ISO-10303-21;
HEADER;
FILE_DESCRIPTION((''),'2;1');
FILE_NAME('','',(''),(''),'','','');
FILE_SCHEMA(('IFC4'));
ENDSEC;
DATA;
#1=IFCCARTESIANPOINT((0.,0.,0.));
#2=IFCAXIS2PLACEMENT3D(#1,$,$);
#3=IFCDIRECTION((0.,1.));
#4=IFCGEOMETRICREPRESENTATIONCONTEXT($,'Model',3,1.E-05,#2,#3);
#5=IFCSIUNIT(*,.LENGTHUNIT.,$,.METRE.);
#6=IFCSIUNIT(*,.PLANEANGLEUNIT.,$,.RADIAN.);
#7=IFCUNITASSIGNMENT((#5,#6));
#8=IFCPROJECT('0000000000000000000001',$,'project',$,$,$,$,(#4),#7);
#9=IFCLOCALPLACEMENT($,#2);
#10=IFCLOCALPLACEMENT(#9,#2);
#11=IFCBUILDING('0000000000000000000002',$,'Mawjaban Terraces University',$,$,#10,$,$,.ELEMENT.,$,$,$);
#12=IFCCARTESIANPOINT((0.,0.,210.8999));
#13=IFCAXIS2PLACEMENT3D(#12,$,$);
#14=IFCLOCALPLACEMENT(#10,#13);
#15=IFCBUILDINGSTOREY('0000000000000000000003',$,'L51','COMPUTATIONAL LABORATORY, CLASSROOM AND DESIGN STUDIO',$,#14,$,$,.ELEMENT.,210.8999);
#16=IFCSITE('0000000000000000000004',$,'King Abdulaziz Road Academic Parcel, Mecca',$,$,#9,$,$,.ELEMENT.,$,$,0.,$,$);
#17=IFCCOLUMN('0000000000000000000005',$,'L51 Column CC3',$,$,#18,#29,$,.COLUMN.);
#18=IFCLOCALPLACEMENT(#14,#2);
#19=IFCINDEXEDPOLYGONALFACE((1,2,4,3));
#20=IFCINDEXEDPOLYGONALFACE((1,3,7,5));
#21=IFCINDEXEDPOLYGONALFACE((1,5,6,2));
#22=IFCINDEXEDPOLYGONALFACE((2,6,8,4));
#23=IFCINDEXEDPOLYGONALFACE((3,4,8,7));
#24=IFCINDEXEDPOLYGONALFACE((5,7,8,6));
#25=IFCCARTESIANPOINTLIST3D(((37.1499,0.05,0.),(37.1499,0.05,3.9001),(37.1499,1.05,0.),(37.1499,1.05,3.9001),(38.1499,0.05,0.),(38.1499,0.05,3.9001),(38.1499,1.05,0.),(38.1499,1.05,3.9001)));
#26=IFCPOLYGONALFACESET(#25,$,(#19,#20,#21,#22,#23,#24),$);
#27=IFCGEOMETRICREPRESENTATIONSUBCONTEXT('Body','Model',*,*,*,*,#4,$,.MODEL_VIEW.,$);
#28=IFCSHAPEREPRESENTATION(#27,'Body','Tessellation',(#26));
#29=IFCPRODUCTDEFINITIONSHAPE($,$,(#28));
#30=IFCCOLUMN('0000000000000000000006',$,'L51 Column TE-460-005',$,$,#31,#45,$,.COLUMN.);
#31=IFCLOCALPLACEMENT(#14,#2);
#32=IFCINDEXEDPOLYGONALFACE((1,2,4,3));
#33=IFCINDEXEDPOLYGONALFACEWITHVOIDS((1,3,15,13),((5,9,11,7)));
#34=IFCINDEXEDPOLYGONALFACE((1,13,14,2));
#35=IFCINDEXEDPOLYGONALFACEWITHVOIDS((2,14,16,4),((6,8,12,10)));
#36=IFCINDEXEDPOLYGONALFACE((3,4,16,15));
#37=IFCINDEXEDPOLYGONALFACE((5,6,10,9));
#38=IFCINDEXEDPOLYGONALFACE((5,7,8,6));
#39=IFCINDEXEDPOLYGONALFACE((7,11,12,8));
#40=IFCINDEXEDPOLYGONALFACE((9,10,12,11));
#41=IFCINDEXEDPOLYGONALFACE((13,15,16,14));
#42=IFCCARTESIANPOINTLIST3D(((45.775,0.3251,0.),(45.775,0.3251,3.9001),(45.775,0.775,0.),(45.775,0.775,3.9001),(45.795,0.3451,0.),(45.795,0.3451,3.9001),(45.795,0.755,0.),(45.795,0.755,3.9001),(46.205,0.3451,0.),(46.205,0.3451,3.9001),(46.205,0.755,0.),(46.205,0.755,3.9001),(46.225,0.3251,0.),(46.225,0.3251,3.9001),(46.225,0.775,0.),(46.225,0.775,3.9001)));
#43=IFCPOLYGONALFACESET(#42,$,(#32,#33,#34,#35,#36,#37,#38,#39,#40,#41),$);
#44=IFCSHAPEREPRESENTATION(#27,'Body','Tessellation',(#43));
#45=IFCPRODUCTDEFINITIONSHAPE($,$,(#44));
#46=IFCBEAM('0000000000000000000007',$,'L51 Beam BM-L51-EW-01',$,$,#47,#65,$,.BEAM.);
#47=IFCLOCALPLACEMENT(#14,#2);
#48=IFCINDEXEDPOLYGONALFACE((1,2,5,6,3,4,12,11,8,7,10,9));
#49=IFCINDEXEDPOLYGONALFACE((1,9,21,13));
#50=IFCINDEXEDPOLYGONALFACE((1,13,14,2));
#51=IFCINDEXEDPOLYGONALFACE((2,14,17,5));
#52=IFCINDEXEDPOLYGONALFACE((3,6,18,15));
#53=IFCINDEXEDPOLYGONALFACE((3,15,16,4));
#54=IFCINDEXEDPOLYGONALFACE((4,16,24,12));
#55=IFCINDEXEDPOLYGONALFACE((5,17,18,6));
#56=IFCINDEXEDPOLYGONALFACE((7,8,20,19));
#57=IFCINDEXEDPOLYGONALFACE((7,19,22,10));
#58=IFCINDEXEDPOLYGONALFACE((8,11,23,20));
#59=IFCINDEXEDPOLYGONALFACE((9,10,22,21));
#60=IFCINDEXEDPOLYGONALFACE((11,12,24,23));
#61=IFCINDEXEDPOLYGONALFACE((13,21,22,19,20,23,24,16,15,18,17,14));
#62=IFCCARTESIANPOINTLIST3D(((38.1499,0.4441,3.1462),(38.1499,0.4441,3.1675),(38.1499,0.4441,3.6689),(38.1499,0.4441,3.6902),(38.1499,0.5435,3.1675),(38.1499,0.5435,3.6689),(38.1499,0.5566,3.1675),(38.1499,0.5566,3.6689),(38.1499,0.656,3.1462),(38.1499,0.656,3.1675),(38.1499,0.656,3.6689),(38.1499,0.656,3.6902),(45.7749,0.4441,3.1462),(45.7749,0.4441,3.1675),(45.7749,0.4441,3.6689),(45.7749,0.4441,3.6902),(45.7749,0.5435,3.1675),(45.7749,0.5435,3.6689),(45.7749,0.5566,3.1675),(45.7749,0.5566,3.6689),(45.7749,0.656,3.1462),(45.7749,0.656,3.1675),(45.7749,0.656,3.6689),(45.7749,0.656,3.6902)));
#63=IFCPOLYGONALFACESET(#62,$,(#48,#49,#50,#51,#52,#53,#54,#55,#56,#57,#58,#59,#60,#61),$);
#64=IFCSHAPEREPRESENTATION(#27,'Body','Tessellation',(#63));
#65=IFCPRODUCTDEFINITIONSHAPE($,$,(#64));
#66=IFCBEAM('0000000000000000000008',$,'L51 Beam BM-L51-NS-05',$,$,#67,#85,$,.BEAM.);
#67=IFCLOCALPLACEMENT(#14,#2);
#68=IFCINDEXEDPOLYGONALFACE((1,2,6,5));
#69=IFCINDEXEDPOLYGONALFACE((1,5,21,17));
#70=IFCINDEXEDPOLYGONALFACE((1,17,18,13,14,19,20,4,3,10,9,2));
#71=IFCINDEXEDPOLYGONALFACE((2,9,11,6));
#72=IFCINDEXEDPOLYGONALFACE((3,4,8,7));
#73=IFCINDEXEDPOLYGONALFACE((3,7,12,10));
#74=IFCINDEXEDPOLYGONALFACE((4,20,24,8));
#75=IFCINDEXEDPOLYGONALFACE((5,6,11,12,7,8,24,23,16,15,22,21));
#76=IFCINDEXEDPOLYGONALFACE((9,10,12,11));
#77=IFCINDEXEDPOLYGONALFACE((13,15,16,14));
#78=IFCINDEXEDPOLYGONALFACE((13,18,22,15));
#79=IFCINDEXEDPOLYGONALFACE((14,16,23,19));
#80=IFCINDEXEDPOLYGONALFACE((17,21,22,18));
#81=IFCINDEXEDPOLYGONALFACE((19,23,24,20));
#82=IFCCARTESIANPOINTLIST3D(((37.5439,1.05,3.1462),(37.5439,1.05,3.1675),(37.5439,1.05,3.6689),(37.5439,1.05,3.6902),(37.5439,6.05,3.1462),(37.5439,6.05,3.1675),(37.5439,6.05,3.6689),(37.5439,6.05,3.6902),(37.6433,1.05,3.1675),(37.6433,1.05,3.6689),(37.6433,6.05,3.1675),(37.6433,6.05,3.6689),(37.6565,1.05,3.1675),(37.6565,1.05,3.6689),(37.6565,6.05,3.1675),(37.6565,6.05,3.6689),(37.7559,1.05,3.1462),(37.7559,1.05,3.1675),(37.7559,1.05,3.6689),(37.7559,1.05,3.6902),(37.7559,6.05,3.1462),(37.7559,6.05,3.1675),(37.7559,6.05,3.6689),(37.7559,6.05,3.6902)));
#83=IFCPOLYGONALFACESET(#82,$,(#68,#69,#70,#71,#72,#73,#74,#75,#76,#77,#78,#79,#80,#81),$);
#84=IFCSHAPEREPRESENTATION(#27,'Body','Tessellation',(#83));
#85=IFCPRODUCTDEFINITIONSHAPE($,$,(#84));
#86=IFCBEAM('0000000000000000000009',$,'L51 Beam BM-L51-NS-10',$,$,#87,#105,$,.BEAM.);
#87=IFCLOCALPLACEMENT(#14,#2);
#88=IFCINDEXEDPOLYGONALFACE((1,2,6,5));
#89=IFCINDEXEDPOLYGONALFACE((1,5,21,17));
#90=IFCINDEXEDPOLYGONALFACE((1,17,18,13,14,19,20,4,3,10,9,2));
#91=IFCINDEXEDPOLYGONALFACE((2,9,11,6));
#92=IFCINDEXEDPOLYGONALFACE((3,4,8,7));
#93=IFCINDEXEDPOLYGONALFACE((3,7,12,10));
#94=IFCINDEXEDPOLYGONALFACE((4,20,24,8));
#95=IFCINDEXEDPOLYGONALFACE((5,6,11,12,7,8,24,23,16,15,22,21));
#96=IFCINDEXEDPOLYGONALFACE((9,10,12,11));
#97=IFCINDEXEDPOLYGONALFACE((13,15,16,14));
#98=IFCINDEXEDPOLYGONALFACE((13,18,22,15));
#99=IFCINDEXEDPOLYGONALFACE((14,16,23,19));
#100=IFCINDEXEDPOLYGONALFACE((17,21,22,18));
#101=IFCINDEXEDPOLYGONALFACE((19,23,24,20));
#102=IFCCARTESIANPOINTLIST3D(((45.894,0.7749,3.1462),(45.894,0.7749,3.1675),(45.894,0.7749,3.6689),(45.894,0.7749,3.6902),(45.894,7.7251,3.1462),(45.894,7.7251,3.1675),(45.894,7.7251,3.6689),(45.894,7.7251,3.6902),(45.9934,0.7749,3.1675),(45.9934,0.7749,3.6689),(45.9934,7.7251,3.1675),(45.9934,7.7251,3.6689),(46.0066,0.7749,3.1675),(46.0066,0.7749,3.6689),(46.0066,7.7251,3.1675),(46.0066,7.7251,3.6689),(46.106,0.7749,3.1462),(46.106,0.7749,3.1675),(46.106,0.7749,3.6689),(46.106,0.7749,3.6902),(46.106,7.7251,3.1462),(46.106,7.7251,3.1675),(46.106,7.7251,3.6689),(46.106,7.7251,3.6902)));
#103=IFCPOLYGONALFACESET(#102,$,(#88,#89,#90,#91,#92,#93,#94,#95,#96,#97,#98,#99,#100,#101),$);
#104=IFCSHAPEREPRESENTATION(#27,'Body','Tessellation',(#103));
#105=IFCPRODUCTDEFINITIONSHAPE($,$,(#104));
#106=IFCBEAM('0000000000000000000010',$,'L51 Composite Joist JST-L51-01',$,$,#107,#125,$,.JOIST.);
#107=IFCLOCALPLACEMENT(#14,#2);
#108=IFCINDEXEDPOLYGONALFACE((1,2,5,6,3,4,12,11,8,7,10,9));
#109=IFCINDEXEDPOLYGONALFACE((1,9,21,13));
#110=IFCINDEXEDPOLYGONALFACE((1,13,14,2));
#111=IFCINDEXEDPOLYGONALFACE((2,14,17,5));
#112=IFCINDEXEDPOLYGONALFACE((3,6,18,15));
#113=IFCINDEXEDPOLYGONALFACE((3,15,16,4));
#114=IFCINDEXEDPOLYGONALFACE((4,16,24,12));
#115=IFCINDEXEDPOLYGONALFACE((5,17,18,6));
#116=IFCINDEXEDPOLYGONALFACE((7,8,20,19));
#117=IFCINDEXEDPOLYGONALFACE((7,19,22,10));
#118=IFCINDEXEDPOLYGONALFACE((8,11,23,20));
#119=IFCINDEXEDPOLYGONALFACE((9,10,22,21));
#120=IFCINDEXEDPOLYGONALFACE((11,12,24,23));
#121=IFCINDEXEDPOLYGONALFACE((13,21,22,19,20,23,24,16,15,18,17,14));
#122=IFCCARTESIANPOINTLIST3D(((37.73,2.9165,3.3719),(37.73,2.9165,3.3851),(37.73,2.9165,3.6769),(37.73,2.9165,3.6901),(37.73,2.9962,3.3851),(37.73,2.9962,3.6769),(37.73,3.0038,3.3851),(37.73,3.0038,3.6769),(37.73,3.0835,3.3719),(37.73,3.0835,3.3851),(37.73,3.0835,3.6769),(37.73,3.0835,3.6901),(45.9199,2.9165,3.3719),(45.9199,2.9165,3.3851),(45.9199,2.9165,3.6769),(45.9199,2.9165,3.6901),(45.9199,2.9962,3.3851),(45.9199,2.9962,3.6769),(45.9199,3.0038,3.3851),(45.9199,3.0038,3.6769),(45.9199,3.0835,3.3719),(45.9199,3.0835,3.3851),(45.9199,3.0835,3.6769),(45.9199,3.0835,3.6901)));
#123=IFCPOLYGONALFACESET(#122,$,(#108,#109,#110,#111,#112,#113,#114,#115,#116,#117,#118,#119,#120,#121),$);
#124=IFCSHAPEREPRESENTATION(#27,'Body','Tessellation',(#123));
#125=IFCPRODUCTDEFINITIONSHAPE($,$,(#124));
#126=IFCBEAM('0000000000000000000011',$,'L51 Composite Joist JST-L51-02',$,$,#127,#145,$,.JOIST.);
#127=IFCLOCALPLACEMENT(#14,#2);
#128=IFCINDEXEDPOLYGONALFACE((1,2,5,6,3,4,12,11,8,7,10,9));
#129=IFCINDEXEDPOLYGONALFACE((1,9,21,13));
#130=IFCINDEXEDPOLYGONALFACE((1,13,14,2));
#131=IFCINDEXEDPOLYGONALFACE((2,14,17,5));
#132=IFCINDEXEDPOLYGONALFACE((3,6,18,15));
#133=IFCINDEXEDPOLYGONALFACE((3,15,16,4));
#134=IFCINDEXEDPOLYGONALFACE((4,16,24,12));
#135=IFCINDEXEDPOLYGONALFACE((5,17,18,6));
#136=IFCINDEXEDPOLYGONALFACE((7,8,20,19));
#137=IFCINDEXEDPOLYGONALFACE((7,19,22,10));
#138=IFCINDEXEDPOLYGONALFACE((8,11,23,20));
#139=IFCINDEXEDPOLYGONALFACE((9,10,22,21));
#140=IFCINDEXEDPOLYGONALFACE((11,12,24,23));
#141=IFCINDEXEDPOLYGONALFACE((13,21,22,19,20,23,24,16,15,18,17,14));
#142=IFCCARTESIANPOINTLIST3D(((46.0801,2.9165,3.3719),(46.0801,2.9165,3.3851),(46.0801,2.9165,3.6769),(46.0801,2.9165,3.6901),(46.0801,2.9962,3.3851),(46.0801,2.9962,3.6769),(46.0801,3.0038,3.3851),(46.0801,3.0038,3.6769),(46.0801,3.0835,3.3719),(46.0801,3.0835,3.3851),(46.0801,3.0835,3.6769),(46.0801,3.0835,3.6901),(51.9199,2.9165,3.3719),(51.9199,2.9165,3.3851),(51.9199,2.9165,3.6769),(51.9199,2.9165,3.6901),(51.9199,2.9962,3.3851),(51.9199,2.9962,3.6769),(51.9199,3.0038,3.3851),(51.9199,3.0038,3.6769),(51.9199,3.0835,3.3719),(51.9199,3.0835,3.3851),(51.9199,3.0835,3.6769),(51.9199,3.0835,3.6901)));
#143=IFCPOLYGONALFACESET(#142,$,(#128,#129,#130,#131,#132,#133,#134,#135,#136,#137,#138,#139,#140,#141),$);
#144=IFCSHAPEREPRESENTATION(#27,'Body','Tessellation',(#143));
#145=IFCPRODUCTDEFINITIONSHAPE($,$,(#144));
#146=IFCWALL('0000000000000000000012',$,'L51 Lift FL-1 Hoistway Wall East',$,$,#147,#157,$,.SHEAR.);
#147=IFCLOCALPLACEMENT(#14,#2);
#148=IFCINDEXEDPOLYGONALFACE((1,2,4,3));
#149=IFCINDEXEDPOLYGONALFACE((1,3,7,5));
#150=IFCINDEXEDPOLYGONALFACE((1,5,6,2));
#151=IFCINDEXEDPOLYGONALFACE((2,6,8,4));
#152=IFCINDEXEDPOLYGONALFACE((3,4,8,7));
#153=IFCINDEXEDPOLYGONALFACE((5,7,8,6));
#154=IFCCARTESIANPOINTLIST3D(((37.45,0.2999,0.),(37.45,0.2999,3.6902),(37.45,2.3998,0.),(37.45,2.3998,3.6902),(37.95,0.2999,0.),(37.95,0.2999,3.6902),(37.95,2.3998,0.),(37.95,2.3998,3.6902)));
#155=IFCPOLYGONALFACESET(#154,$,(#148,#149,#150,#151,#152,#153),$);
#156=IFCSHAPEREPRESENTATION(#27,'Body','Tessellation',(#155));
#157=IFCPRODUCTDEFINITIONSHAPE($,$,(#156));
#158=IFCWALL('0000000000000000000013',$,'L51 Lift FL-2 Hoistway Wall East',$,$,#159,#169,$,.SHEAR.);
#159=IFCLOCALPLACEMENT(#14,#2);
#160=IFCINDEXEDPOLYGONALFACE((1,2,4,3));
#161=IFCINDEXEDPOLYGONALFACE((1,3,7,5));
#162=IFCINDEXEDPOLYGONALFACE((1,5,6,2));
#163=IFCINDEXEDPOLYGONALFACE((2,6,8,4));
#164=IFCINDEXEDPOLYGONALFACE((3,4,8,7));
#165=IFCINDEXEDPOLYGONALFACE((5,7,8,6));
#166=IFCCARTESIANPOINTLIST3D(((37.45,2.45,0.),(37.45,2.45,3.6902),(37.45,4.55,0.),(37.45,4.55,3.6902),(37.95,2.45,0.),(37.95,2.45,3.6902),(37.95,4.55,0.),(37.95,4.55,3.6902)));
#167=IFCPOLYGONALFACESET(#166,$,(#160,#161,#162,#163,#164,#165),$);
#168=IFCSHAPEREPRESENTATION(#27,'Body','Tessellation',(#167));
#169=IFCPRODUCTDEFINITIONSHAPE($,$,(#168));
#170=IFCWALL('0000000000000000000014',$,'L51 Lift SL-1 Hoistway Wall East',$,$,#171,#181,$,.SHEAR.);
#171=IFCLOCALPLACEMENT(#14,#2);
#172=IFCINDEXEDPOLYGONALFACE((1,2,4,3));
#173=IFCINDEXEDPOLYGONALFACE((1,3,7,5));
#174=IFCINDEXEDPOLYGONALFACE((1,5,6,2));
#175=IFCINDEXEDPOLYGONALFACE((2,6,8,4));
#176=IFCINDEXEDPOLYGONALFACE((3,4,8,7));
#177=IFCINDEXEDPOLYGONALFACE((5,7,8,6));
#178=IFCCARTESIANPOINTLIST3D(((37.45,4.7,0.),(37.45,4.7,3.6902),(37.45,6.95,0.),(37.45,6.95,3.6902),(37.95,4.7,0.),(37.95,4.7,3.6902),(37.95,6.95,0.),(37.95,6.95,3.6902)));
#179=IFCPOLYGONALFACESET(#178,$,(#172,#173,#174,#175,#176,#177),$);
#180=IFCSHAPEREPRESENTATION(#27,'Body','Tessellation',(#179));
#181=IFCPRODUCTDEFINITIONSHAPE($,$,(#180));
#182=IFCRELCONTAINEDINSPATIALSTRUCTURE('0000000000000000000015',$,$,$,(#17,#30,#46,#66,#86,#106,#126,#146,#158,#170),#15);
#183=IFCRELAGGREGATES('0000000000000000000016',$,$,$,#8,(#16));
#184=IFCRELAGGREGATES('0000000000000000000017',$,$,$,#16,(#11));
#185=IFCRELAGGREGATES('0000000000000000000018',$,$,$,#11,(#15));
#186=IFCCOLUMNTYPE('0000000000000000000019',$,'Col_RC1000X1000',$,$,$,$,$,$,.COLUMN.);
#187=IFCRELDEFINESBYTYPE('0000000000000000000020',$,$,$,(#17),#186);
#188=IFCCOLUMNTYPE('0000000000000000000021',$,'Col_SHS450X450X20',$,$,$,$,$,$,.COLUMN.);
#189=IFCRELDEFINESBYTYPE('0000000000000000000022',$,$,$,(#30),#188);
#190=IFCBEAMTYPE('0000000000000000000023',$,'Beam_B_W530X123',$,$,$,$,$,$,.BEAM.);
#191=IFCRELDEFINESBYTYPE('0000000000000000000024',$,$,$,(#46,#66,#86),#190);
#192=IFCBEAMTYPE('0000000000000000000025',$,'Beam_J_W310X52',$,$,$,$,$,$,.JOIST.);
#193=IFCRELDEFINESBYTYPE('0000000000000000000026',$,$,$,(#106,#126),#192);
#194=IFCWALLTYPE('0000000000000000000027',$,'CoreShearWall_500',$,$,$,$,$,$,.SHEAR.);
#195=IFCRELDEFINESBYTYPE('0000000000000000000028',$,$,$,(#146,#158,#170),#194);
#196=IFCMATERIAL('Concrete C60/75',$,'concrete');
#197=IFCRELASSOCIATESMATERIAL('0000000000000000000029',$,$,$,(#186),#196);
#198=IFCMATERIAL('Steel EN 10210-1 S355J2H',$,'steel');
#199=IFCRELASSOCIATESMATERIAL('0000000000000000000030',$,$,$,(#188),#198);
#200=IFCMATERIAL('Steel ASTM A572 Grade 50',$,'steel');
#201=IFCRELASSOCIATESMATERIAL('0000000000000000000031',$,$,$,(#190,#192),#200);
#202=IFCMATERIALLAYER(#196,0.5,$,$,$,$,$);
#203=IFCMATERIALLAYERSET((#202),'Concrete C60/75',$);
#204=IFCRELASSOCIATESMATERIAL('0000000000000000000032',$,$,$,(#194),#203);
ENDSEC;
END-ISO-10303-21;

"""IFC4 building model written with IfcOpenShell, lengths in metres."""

from ifc_helpers import new_model, si_unit, direction, frame, frame_2d, origin, origin_2d, place, context, subcontext, project, spatial, rectangle, hollow_rectangle, i_section, extrude, material, layer, layer_set, material_profile, profile_set, type_object, element, save


model = new_model("IFC4")

# Units and contexts
model_context = context("Model", 3, precision=1e-05, world=origin(), true_north=direction((0.0, 1.0)))
body_context = subcontext(model_context, "Body", "Model", "MODEL_VIEW")
ifc_project = project(units=[si_unit("LENGTHUNIT", "METRE"), si_unit("PLANEANGLEUNIT", "RADIAN")], contexts=[model_context])

# Site, building, storey
site_placement = place(None, origin())
site = spatial("IfcSite", under=ifc_project, at=site_placement, Name="King Abdulaziz Road Academic Parcel, Mecca", CompositionType="ELEMENT", RefElevation=0.0)
building_placement = place(site_placement, origin())
building = spatial("IfcBuilding", under=site, at=building_placement, Name="Mawjaban Terraces University", CompositionType="ELEMENT")
storey_placement = place(building_placement, frame((0.0, 0.0, 210.8999)))
storey = spatial("IfcBuildingStorey", under=building, at=storey_placement, Name="L51", Description="COMPUTATIONAL LABORATORY, CLASSROOM AND DESIGN STUDIO", CompositionType="ELEMENT", Elevation=210.8999)

# Columns
ifc_material_1 = material(Name="Concrete C60/75", Category="concrete")
ifc_material_profile_1 = material_profile(ifc_material_1, rectangle(XDim=1.0, YDim=1.0, at=origin_2d()), Name="RC1000X1000")
ifc_profile_set_1 = profile_set([ifc_material_profile_1], Name="Concrete C60/75")
column_type_1 = type_object("IfcColumnType", Name="Col_RC1000X1000", PredefinedType="COLUMN", material=ifc_profile_set_1)
column_1_placement = place(storey_placement, frame((37.6499, 0.55, 0.0), z_axis=(0.0, 0.0, 1.0), x_axis=(1.0, 0.0, 0.0)))
element("IfcColumn", 1, at=column_1_placement, inside=storey, type_object=column_type_1, Name="L51 Column CC3", PredefinedType="COLUMN", context=body_context, shape_type="SweptSolid", body=[
    extrude(rectangle(XDim=1.0, YDim=1.0, at=origin_2d()), origin(), (0.0, 0.0, 1.0), 3.9001),
])
ifc_material_2 = material(Name="Steel EN 10210-1 S355J2H", Category="steel")
ifc_material_profile_2 = material_profile(ifc_material_2, hollow_rectangle(XDim=0.45, YDim=0.45, WallThickness=0.02, at=origin_2d()), Name="SHS450X450X20")
ifc_profile_set_2 = profile_set([ifc_material_profile_2], Name="Steel EN 10210-1 S355J2H")
column_type_2 = type_object("IfcColumnType", Name="Col_SHS450X450X20", PredefinedType="COLUMN", material=ifc_profile_set_2)
column_2_placement = place(storey_placement, frame((46.0, 0.55, 0.0), z_axis=(0.0, 0.0, 1.0), x_axis=(1.0, 0.0, 0.0)))
element("IfcColumn", 2, at=column_2_placement, inside=storey, type_object=column_type_2, Name="L51 Column TE-460-005", PredefinedType="COLUMN", context=body_context, shape_type="SweptSolid", body=[
    extrude(hollow_rectangle(XDim=0.45, YDim=0.45, WallThickness=0.02, at=origin_2d()), origin(), (0.0, 0.0, 1.0), 3.9001),
])

# Beams
ifc_material_3 = material(Name="Steel ASTM A572 Grade 50", Category="steel")
ifc_material_profile_3 = material_profile(ifc_material_3, i_section(OverallWidth=0.2119, OverallDepth=0.5439, WebThickness=0.0132, FlangeThickness=0.0212, at=origin_2d()), Name="W530X123")
ifc_profile_set_3 = profile_set([ifc_material_profile_3], Name="Steel ASTM A572 Grade 50")
beam_type_1 = type_object("IfcBeamType", Name="Beam_B_W530X123", PredefinedType="BEAM", material=ifc_profile_set_3)
beam_1_placement = place(storey_placement, frame((38.1499, 0.55, 3.4182), z_axis=(1.0, 0.0, 0.0), x_axis=(0.0, 1.0, 0.0)))
element("IfcBeam", 3, at=beam_1_placement, inside=storey, type_object=beam_type_1, Name="L51 Beam BM-L51-EW-01", PredefinedType="BEAM", context=body_context, shape_type="SweptSolid", body=[
    extrude(i_section(OverallWidth=0.2119, OverallDepth=0.5439, WebThickness=0.0132, FlangeThickness=0.0212, at=origin_2d()), origin(), (0.0, 0.0, 1.0), 7.625),
])
beam_2_placement = place(storey_placement, frame((37.6499, 1.05, 3.4182), z_axis=(0.0, 1.0, 0.0), x_axis=(-1.0, 0.0, 0.0)))
element("IfcBeam", 4, at=beam_2_placement, inside=storey, type_object=beam_type_1, Name="L51 Beam BM-L51-NS-05", PredefinedType="BEAM", context=body_context, shape_type="SweptSolid", body=[
    extrude(i_section(OverallWidth=0.2119, OverallDepth=0.5439, WebThickness=0.0132, FlangeThickness=0.0212, at=origin_2d()), origin(), (0.0, 0.0, 1.0), 5.0),
])
beam_3_placement = place(storey_placement, frame((46.0, 0.7749, 3.4182), z_axis=(0.0, 1.0, 0.0), x_axis=(-1.0, 0.0, 0.0)))
element("IfcBeam", 5, at=beam_3_placement, inside=storey, type_object=beam_type_1, Name="L51 Beam BM-L51-NS-10", PredefinedType="BEAM", context=body_context, shape_type="SweptSolid", body=[
    extrude(i_section(OverallWidth=0.2119, OverallDepth=0.5439, WebThickness=0.0132, FlangeThickness=0.0212, at=origin_2d()), origin(), (0.0, 0.0, 1.0), 6.9502),
])
ifc_material_profile_4 = material_profile(ifc_material_3, i_section(OverallWidth=0.167, OverallDepth=0.3181, WebThickness=0.0076, FlangeThickness=0.0132, at=origin_2d()), Name="W310X52")
ifc_profile_set_4 = profile_set([ifc_material_profile_4], Name="Steel ASTM A572 Grade 50")
beam_type_2 = type_object("IfcBeamType", Name="Beam_J_W310X52", PredefinedType="JOIST", material=ifc_profile_set_4)
beam_4_placement = place(storey_placement, frame((37.73, 3.0, 3.531), z_axis=(1.0, 0.0, 0.0), x_axis=(0.0, 1.0, 0.0)))
element("IfcBeam", 6, at=beam_4_placement, inside=storey, type_object=beam_type_2, Name="L51 Composite Joist JST-L51-01", PredefinedType="JOIST", context=body_context, shape_type="SweptSolid", body=[
    extrude(i_section(OverallWidth=0.167, OverallDepth=0.3181, WebThickness=0.0076, FlangeThickness=0.0132, at=origin_2d()), origin(), (0.0, 0.0, 1.0), 8.1899),
])
beam_5_placement = place(storey_placement, frame((46.0801, 3.0, 3.531), z_axis=(1.0, 0.0, 0.0), x_axis=(0.0, 1.0, 0.0)))
element("IfcBeam", 7, at=beam_5_placement, inside=storey, type_object=beam_type_2, Name="L51 Composite Joist JST-L51-02", PredefinedType="JOIST", context=body_context, shape_type="SweptSolid", body=[
    extrude(i_section(OverallWidth=0.167, OverallDepth=0.3181, WebThickness=0.0076, FlangeThickness=0.0132, at=origin_2d()), origin(), (0.0, 0.0, 1.0), 5.8398),
])

# Walls
ifc_layer_1 = layer(ifc_material_1, 0.5)
ifc_layer_set_1 = layer_set([ifc_layer_1], Name="Concrete C60/75")
wall_type_1 = type_object("IfcWallType", Name="CoreShearWall_500", PredefinedType="SHEAR", material=ifc_layer_set_1)
wall_1_placement = place(storey_placement, frame((37.7, 0.3, 0.0), z_axis=(0.0, 0.0, 1.0), x_axis=(0.0, 1.0, 0.0)))
element("IfcWall", 8, at=wall_1_placement, inside=storey, type_object=wall_type_1, Name="L51 Lift FL-1 Hoistway Wall East", PredefinedType="SHEAR", context=body_context, shape_type="SweptSolid", body=[
    extrude(rectangle(XDim=2.0999, YDim=0.5, at=frame_2d((1.0498, 0.0))), origin(), (0.0, 0.0, 1.0), 3.6902),
])
wall_2_placement = place(storey_placement, frame((37.7, 2.45, 0.0), z_axis=(0.0, 0.0, 1.0), x_axis=(0.0, 1.0, 0.0)))
element("IfcWall", 9, at=wall_2_placement, inside=storey, type_object=wall_type_1, Name="L51 Lift FL-2 Hoistway Wall East", PredefinedType="SHEAR", context=body_context, shape_type="SweptSolid", body=[
    extrude(rectangle(XDim=2.1001, YDim=0.5, at=frame_2d((1.05, 0.0))), origin(), (0.0, 0.0, 1.0), 3.6902),
])
wall_3_placement = place(storey_placement, frame((37.7, 4.7, 0.0), z_axis=(0.0, 0.0, 1.0), x_axis=(0.0, 1.0, 0.0)))
element("IfcWall", 10, at=wall_3_placement, inside=storey, type_object=wall_type_1, Name="L51 Lift SL-1 Hoistway Wall East", PredefinedType="SHEAR", context=body_context, shape_type="SweptSolid", body=[
    extrude(rectangle(XDim=2.25, YDim=0.5, at=frame_2d((1.125, 0.0))), origin(), (0.0, 0.0, 1.0), 3.6902),
])

save(model, "model.ifc")
